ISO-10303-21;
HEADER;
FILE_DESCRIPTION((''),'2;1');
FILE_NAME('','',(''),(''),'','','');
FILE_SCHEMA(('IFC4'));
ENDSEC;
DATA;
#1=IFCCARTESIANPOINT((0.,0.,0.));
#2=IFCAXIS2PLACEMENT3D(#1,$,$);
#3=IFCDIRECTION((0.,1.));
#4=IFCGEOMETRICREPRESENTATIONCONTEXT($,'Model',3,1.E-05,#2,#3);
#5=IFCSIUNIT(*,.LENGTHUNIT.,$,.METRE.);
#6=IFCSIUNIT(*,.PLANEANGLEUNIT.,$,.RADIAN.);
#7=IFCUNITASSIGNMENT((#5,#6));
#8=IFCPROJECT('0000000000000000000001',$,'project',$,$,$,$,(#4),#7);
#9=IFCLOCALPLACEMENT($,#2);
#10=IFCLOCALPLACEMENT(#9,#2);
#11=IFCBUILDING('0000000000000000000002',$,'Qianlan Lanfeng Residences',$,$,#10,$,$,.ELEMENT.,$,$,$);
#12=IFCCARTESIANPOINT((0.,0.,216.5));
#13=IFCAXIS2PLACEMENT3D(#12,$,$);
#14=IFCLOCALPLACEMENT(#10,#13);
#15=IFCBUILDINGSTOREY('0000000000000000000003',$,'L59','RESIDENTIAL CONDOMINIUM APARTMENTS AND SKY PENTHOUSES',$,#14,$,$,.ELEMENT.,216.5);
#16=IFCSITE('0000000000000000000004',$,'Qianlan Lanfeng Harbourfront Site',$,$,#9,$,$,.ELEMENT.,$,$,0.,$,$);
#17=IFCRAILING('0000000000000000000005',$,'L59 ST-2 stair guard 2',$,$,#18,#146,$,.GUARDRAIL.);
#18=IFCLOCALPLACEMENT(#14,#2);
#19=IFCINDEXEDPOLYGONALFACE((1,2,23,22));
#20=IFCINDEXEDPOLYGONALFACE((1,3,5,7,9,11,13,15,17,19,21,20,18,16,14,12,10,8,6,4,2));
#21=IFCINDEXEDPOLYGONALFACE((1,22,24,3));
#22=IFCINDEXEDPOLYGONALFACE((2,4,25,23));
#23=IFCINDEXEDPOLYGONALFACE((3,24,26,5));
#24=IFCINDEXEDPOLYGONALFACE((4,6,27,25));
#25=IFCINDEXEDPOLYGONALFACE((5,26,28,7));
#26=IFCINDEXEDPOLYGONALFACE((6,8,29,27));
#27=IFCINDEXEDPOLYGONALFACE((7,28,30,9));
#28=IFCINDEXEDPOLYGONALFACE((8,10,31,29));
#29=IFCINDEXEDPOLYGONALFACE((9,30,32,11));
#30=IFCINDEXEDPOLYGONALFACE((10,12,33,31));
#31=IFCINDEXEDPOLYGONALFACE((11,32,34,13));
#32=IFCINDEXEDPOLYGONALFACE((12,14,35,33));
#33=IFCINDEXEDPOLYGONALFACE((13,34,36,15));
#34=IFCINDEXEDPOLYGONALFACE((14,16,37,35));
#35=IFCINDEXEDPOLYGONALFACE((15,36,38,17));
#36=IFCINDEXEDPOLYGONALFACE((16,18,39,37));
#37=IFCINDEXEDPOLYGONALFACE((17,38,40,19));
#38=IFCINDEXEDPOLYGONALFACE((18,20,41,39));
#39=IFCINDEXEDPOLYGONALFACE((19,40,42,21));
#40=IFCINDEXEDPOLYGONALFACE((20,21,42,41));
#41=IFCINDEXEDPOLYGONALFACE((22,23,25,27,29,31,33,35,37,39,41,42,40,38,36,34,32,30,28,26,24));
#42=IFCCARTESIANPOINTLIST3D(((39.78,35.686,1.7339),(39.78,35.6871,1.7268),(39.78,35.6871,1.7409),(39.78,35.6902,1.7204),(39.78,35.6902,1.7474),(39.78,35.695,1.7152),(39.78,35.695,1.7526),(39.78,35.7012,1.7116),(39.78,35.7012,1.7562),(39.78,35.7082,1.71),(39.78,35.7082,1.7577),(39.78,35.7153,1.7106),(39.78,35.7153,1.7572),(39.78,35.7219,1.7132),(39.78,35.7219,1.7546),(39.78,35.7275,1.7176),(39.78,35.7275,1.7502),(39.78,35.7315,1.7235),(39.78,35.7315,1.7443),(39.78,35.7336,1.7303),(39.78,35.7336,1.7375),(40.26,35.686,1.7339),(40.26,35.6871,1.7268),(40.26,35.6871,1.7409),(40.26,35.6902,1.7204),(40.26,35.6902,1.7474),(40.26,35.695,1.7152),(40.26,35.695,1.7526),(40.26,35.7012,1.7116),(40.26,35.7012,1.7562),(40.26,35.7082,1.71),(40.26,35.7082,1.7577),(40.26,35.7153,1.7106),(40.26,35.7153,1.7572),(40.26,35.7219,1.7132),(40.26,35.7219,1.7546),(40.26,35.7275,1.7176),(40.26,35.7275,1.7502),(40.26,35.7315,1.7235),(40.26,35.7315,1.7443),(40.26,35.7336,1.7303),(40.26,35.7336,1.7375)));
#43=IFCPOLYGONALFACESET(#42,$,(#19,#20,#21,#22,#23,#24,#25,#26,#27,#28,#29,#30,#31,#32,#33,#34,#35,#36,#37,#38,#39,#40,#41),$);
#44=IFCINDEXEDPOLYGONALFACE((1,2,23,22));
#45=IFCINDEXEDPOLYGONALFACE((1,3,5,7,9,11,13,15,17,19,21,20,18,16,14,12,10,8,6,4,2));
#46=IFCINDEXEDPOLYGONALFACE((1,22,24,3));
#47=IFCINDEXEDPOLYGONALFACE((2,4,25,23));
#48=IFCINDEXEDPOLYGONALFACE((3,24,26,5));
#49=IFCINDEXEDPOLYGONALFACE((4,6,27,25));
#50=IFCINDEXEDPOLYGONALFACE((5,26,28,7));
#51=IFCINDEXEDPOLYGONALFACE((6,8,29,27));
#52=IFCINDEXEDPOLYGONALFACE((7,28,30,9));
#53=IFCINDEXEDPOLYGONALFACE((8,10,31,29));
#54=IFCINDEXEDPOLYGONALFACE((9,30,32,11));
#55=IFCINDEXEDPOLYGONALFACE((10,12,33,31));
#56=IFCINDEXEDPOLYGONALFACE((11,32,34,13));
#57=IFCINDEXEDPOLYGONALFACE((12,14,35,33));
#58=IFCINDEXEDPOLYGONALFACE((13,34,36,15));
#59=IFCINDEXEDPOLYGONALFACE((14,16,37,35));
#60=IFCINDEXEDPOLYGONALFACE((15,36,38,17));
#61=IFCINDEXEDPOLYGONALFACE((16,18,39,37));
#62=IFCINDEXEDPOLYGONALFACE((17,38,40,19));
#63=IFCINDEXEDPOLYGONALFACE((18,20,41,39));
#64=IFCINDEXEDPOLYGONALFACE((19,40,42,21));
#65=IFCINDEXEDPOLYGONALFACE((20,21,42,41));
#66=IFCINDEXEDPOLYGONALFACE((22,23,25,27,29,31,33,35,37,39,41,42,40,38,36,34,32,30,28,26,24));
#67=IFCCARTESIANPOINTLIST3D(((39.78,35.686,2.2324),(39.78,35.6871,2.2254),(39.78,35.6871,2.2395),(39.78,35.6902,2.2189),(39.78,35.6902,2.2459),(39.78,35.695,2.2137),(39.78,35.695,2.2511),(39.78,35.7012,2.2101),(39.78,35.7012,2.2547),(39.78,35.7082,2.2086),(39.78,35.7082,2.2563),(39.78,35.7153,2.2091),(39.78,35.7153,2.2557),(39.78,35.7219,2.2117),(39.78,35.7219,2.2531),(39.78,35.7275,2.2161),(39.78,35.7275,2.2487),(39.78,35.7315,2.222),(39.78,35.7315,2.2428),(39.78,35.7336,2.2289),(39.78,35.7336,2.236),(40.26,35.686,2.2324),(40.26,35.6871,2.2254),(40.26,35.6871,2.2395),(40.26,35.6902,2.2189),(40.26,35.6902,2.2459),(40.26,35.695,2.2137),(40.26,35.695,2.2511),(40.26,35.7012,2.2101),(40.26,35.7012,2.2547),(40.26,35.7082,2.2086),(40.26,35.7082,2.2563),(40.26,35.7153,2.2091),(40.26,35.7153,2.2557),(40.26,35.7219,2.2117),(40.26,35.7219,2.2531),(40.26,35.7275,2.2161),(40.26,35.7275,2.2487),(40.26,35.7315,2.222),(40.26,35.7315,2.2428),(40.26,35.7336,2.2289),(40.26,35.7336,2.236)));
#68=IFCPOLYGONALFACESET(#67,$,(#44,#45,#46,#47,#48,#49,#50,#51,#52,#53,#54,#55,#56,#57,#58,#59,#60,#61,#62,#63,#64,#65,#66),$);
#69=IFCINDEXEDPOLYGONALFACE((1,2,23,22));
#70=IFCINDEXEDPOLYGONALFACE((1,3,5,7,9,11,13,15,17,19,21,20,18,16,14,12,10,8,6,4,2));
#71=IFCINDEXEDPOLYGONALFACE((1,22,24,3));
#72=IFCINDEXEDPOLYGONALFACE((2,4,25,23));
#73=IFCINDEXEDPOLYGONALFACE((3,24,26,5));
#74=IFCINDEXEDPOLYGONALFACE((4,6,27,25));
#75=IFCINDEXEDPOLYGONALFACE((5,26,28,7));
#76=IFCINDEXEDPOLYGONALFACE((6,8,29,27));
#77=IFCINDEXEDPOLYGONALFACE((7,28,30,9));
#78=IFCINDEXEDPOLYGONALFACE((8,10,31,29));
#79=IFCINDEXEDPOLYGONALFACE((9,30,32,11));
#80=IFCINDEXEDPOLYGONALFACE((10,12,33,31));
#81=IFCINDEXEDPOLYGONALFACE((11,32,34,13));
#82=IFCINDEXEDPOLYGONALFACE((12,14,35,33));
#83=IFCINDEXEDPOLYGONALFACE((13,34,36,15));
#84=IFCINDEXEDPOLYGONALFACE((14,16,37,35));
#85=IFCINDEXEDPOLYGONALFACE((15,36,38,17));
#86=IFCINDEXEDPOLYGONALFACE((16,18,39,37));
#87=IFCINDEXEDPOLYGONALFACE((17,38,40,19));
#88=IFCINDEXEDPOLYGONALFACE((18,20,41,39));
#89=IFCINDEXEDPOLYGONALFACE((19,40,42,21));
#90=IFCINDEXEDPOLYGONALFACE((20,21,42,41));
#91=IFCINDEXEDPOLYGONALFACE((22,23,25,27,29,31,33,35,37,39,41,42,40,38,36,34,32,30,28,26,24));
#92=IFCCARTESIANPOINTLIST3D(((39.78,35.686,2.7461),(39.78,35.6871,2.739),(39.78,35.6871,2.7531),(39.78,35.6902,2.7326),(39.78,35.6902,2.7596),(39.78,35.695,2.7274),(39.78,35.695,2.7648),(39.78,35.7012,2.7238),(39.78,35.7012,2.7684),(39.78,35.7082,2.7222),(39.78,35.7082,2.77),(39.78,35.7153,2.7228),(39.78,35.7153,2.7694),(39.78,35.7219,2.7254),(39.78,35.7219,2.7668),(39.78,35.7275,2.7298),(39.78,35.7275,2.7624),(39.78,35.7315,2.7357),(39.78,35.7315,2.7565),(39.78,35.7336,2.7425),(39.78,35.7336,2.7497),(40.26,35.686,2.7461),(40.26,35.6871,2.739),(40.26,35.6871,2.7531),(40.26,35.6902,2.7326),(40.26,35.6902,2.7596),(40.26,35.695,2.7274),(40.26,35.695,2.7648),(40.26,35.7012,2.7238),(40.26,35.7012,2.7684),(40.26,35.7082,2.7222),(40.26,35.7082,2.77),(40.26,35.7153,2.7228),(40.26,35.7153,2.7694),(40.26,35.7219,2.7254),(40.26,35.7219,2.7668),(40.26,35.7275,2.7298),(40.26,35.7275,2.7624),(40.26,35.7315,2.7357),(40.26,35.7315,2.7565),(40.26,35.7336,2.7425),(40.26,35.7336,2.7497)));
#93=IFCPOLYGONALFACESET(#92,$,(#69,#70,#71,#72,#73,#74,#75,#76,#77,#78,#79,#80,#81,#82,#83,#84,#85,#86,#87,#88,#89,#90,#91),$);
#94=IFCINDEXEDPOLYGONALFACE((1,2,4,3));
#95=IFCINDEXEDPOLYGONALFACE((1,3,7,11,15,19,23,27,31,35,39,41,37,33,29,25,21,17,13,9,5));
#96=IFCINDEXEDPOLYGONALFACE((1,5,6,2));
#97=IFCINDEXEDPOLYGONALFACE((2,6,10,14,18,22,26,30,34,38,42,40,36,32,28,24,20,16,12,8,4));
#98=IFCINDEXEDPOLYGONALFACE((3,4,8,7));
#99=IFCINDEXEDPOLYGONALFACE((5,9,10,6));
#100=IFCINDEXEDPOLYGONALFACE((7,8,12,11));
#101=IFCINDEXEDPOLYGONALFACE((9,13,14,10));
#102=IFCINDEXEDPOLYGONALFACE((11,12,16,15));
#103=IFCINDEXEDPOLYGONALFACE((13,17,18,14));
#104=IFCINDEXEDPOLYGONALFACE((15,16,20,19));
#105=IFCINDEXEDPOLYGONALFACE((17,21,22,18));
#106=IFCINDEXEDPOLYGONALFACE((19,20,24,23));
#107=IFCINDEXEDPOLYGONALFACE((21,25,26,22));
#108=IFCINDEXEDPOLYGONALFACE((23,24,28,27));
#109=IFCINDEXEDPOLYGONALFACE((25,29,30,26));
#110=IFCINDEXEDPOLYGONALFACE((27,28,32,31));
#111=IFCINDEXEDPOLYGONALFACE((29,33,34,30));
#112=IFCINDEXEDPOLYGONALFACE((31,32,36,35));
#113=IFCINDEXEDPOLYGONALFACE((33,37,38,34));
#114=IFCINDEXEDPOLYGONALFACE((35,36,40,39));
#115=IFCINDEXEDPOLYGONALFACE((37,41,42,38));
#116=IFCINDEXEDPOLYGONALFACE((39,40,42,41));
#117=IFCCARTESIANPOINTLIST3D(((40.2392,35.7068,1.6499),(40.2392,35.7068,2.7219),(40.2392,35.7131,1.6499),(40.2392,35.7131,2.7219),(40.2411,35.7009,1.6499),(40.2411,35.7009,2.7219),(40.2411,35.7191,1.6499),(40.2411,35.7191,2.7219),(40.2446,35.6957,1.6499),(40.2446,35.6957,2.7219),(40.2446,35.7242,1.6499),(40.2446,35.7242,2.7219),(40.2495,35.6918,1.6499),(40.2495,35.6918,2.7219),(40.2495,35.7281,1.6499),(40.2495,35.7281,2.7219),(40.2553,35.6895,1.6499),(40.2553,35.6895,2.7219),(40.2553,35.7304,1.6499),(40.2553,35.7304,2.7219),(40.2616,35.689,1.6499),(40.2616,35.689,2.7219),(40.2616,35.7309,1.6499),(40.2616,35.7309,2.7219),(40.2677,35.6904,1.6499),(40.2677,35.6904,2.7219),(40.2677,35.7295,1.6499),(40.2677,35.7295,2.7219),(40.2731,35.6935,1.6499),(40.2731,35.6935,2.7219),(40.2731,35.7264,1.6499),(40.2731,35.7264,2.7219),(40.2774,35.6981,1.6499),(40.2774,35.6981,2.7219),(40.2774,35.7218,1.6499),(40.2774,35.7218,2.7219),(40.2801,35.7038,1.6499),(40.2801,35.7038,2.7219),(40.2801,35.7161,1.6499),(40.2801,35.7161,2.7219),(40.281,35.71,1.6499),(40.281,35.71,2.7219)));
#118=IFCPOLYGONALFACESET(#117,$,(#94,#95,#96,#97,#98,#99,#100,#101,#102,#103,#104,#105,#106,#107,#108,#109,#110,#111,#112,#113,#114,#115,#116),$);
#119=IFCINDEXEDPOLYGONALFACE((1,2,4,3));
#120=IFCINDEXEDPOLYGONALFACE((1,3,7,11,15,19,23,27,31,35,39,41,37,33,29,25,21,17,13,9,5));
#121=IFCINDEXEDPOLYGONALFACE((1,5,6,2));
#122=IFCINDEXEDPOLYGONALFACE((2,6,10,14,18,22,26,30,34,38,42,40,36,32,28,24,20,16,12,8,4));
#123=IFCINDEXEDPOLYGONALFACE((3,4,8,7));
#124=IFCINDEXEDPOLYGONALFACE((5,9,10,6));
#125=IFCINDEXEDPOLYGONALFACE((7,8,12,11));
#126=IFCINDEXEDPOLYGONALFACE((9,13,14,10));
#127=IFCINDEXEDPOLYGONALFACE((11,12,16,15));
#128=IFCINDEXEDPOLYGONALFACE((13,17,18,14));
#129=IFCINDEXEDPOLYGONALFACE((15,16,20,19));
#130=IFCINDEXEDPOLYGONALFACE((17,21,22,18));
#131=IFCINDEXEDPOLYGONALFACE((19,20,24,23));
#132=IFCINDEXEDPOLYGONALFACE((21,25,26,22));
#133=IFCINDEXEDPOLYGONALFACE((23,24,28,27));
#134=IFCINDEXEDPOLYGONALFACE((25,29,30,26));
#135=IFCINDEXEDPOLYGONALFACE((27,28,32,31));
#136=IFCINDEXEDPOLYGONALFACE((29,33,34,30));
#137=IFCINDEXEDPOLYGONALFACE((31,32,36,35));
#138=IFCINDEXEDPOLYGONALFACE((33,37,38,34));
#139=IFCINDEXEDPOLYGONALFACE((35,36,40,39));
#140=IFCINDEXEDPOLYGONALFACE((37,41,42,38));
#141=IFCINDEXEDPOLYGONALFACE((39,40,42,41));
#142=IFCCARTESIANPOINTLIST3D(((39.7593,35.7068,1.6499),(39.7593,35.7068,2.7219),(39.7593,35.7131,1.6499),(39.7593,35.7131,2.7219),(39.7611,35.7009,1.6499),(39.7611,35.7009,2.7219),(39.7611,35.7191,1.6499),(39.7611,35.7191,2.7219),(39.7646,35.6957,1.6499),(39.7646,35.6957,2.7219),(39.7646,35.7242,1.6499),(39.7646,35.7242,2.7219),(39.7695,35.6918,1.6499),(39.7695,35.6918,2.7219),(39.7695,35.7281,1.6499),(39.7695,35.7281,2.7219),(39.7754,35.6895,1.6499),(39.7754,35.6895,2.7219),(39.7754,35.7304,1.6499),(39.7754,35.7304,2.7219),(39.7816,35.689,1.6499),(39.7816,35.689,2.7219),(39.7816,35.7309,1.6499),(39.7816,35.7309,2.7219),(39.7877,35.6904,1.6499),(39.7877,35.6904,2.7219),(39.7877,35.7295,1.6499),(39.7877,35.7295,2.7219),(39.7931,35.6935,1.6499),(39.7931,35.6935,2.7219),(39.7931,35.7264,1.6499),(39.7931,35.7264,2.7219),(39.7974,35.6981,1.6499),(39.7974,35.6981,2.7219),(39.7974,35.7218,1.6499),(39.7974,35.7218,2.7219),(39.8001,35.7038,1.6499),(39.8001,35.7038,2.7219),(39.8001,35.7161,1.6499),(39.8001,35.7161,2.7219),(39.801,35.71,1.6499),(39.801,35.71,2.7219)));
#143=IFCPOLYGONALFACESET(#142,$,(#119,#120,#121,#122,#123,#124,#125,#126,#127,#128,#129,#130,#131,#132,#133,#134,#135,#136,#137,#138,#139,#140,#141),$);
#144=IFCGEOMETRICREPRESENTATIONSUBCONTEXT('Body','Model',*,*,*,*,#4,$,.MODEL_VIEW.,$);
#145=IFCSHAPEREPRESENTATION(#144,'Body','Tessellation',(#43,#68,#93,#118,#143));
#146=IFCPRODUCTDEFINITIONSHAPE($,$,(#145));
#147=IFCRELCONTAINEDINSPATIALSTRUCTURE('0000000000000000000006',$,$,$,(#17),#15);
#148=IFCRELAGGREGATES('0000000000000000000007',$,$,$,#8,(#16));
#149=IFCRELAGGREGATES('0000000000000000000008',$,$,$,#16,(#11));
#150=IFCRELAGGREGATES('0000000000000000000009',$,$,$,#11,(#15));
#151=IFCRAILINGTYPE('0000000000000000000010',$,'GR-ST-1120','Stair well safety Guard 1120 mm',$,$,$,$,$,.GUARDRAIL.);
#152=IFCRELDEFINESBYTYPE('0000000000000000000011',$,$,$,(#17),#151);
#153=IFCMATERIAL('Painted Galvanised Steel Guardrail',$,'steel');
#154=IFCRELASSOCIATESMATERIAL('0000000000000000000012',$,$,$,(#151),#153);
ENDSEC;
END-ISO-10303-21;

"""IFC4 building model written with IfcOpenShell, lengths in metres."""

from ifc_helpers import new_model, si_unit, direction, frame, origin, origin_2d, place, context, subcontext, project, spatial, circle, extrude, material, type_object, element, save


model = new_model("IFC4")

# Units and contexts
model_context = context("Model", 3, precision=1e-05, world=origin(), true_north=direction((0.0, 1.0)))
body_context = subcontext(model_context, "Body", "Model", "MODEL_VIEW")
ifc_project = project(units=[si_unit("LENGTHUNIT", "METRE"), si_unit("PLANEANGLEUNIT", "RADIAN")], contexts=[model_context])

# Site, building, storey
site_placement = place(None, origin())
site = spatial("IfcSite", under=ifc_project, at=site_placement, Name="Qianlan Lanfeng Harbourfront Site", CompositionType="ELEMENT", RefElevation=0.0)
building_placement = place(site_placement, origin())
building = spatial("IfcBuilding", under=site, at=building_placement, Name="Qianlan Lanfeng Residences", CompositionType="ELEMENT")
storey_placement = place(building_placement, frame((0.0, 0.0, 216.5)))
storey = spatial("IfcBuildingStorey", under=building, at=storey_placement, Name="L59", Description="RESIDENTIAL CONDOMINIUM APARTMENTS AND SKY PENTHOUSES", CompositionType="ELEMENT", Elevation=216.5)

# Railing
ifc_material_1 = material(Name="Painted Galvanised Steel Guardrail", Category="steel")
railing_type_1 = type_object("IfcRailingType", Name="GR-ST-1120", Description="Stair well safety Guard 1120 mm", PredefinedType="GUARDRAIL", material=ifc_material_1)
railing_1_placement = place(storey_placement, frame((40.26, 35.71, 1.6499)))
element("IfcRailing", 1, at=railing_1_placement, inside=storey, type_object=railing_type_1, Name="L59 ST-2 stair guard 2", PredefinedType="GUARDRAIL", context=body_context, shape_type="SweptSolid", body=[
    extrude(circle(Radius=0.0239, at=origin_2d()), frame((0.0, 0.0, 0.084), z_axis=(-1.0, 0.0, 0.0), x_axis=(0.0, -1.0, 0.0)), (0.0, 0.0, 1.0), 0.48),
    extrude(circle(Radius=0.0239, at=origin_2d()), frame((0.0, 0.0, 0.5825), z_axis=(-1.0, 0.0, 0.0), x_axis=(0.0, -1.0, 0.0)), (0.0, 0.0, 1.0), 0.48),
    extrude(circle(Radius=0.0239, at=origin_2d()), frame((0.0, 0.0, 1.0962), z_axis=(-1.0, 0.0, 0.0), x_axis=(0.0, -1.0, 0.0)), (0.0, 0.0, 1.0), 0.48),
    extrude(circle(Radius=0.021, at=origin_2d()), origin(), (0.0, 0.0, 1.0), 1.072),
    extrude(circle(Radius=0.021, at=origin_2d()), frame((-0.48, 0.0, 0.0)), (0.0, 0.0, 1.0), 1.072),
])

save(model, "model.ifc")
